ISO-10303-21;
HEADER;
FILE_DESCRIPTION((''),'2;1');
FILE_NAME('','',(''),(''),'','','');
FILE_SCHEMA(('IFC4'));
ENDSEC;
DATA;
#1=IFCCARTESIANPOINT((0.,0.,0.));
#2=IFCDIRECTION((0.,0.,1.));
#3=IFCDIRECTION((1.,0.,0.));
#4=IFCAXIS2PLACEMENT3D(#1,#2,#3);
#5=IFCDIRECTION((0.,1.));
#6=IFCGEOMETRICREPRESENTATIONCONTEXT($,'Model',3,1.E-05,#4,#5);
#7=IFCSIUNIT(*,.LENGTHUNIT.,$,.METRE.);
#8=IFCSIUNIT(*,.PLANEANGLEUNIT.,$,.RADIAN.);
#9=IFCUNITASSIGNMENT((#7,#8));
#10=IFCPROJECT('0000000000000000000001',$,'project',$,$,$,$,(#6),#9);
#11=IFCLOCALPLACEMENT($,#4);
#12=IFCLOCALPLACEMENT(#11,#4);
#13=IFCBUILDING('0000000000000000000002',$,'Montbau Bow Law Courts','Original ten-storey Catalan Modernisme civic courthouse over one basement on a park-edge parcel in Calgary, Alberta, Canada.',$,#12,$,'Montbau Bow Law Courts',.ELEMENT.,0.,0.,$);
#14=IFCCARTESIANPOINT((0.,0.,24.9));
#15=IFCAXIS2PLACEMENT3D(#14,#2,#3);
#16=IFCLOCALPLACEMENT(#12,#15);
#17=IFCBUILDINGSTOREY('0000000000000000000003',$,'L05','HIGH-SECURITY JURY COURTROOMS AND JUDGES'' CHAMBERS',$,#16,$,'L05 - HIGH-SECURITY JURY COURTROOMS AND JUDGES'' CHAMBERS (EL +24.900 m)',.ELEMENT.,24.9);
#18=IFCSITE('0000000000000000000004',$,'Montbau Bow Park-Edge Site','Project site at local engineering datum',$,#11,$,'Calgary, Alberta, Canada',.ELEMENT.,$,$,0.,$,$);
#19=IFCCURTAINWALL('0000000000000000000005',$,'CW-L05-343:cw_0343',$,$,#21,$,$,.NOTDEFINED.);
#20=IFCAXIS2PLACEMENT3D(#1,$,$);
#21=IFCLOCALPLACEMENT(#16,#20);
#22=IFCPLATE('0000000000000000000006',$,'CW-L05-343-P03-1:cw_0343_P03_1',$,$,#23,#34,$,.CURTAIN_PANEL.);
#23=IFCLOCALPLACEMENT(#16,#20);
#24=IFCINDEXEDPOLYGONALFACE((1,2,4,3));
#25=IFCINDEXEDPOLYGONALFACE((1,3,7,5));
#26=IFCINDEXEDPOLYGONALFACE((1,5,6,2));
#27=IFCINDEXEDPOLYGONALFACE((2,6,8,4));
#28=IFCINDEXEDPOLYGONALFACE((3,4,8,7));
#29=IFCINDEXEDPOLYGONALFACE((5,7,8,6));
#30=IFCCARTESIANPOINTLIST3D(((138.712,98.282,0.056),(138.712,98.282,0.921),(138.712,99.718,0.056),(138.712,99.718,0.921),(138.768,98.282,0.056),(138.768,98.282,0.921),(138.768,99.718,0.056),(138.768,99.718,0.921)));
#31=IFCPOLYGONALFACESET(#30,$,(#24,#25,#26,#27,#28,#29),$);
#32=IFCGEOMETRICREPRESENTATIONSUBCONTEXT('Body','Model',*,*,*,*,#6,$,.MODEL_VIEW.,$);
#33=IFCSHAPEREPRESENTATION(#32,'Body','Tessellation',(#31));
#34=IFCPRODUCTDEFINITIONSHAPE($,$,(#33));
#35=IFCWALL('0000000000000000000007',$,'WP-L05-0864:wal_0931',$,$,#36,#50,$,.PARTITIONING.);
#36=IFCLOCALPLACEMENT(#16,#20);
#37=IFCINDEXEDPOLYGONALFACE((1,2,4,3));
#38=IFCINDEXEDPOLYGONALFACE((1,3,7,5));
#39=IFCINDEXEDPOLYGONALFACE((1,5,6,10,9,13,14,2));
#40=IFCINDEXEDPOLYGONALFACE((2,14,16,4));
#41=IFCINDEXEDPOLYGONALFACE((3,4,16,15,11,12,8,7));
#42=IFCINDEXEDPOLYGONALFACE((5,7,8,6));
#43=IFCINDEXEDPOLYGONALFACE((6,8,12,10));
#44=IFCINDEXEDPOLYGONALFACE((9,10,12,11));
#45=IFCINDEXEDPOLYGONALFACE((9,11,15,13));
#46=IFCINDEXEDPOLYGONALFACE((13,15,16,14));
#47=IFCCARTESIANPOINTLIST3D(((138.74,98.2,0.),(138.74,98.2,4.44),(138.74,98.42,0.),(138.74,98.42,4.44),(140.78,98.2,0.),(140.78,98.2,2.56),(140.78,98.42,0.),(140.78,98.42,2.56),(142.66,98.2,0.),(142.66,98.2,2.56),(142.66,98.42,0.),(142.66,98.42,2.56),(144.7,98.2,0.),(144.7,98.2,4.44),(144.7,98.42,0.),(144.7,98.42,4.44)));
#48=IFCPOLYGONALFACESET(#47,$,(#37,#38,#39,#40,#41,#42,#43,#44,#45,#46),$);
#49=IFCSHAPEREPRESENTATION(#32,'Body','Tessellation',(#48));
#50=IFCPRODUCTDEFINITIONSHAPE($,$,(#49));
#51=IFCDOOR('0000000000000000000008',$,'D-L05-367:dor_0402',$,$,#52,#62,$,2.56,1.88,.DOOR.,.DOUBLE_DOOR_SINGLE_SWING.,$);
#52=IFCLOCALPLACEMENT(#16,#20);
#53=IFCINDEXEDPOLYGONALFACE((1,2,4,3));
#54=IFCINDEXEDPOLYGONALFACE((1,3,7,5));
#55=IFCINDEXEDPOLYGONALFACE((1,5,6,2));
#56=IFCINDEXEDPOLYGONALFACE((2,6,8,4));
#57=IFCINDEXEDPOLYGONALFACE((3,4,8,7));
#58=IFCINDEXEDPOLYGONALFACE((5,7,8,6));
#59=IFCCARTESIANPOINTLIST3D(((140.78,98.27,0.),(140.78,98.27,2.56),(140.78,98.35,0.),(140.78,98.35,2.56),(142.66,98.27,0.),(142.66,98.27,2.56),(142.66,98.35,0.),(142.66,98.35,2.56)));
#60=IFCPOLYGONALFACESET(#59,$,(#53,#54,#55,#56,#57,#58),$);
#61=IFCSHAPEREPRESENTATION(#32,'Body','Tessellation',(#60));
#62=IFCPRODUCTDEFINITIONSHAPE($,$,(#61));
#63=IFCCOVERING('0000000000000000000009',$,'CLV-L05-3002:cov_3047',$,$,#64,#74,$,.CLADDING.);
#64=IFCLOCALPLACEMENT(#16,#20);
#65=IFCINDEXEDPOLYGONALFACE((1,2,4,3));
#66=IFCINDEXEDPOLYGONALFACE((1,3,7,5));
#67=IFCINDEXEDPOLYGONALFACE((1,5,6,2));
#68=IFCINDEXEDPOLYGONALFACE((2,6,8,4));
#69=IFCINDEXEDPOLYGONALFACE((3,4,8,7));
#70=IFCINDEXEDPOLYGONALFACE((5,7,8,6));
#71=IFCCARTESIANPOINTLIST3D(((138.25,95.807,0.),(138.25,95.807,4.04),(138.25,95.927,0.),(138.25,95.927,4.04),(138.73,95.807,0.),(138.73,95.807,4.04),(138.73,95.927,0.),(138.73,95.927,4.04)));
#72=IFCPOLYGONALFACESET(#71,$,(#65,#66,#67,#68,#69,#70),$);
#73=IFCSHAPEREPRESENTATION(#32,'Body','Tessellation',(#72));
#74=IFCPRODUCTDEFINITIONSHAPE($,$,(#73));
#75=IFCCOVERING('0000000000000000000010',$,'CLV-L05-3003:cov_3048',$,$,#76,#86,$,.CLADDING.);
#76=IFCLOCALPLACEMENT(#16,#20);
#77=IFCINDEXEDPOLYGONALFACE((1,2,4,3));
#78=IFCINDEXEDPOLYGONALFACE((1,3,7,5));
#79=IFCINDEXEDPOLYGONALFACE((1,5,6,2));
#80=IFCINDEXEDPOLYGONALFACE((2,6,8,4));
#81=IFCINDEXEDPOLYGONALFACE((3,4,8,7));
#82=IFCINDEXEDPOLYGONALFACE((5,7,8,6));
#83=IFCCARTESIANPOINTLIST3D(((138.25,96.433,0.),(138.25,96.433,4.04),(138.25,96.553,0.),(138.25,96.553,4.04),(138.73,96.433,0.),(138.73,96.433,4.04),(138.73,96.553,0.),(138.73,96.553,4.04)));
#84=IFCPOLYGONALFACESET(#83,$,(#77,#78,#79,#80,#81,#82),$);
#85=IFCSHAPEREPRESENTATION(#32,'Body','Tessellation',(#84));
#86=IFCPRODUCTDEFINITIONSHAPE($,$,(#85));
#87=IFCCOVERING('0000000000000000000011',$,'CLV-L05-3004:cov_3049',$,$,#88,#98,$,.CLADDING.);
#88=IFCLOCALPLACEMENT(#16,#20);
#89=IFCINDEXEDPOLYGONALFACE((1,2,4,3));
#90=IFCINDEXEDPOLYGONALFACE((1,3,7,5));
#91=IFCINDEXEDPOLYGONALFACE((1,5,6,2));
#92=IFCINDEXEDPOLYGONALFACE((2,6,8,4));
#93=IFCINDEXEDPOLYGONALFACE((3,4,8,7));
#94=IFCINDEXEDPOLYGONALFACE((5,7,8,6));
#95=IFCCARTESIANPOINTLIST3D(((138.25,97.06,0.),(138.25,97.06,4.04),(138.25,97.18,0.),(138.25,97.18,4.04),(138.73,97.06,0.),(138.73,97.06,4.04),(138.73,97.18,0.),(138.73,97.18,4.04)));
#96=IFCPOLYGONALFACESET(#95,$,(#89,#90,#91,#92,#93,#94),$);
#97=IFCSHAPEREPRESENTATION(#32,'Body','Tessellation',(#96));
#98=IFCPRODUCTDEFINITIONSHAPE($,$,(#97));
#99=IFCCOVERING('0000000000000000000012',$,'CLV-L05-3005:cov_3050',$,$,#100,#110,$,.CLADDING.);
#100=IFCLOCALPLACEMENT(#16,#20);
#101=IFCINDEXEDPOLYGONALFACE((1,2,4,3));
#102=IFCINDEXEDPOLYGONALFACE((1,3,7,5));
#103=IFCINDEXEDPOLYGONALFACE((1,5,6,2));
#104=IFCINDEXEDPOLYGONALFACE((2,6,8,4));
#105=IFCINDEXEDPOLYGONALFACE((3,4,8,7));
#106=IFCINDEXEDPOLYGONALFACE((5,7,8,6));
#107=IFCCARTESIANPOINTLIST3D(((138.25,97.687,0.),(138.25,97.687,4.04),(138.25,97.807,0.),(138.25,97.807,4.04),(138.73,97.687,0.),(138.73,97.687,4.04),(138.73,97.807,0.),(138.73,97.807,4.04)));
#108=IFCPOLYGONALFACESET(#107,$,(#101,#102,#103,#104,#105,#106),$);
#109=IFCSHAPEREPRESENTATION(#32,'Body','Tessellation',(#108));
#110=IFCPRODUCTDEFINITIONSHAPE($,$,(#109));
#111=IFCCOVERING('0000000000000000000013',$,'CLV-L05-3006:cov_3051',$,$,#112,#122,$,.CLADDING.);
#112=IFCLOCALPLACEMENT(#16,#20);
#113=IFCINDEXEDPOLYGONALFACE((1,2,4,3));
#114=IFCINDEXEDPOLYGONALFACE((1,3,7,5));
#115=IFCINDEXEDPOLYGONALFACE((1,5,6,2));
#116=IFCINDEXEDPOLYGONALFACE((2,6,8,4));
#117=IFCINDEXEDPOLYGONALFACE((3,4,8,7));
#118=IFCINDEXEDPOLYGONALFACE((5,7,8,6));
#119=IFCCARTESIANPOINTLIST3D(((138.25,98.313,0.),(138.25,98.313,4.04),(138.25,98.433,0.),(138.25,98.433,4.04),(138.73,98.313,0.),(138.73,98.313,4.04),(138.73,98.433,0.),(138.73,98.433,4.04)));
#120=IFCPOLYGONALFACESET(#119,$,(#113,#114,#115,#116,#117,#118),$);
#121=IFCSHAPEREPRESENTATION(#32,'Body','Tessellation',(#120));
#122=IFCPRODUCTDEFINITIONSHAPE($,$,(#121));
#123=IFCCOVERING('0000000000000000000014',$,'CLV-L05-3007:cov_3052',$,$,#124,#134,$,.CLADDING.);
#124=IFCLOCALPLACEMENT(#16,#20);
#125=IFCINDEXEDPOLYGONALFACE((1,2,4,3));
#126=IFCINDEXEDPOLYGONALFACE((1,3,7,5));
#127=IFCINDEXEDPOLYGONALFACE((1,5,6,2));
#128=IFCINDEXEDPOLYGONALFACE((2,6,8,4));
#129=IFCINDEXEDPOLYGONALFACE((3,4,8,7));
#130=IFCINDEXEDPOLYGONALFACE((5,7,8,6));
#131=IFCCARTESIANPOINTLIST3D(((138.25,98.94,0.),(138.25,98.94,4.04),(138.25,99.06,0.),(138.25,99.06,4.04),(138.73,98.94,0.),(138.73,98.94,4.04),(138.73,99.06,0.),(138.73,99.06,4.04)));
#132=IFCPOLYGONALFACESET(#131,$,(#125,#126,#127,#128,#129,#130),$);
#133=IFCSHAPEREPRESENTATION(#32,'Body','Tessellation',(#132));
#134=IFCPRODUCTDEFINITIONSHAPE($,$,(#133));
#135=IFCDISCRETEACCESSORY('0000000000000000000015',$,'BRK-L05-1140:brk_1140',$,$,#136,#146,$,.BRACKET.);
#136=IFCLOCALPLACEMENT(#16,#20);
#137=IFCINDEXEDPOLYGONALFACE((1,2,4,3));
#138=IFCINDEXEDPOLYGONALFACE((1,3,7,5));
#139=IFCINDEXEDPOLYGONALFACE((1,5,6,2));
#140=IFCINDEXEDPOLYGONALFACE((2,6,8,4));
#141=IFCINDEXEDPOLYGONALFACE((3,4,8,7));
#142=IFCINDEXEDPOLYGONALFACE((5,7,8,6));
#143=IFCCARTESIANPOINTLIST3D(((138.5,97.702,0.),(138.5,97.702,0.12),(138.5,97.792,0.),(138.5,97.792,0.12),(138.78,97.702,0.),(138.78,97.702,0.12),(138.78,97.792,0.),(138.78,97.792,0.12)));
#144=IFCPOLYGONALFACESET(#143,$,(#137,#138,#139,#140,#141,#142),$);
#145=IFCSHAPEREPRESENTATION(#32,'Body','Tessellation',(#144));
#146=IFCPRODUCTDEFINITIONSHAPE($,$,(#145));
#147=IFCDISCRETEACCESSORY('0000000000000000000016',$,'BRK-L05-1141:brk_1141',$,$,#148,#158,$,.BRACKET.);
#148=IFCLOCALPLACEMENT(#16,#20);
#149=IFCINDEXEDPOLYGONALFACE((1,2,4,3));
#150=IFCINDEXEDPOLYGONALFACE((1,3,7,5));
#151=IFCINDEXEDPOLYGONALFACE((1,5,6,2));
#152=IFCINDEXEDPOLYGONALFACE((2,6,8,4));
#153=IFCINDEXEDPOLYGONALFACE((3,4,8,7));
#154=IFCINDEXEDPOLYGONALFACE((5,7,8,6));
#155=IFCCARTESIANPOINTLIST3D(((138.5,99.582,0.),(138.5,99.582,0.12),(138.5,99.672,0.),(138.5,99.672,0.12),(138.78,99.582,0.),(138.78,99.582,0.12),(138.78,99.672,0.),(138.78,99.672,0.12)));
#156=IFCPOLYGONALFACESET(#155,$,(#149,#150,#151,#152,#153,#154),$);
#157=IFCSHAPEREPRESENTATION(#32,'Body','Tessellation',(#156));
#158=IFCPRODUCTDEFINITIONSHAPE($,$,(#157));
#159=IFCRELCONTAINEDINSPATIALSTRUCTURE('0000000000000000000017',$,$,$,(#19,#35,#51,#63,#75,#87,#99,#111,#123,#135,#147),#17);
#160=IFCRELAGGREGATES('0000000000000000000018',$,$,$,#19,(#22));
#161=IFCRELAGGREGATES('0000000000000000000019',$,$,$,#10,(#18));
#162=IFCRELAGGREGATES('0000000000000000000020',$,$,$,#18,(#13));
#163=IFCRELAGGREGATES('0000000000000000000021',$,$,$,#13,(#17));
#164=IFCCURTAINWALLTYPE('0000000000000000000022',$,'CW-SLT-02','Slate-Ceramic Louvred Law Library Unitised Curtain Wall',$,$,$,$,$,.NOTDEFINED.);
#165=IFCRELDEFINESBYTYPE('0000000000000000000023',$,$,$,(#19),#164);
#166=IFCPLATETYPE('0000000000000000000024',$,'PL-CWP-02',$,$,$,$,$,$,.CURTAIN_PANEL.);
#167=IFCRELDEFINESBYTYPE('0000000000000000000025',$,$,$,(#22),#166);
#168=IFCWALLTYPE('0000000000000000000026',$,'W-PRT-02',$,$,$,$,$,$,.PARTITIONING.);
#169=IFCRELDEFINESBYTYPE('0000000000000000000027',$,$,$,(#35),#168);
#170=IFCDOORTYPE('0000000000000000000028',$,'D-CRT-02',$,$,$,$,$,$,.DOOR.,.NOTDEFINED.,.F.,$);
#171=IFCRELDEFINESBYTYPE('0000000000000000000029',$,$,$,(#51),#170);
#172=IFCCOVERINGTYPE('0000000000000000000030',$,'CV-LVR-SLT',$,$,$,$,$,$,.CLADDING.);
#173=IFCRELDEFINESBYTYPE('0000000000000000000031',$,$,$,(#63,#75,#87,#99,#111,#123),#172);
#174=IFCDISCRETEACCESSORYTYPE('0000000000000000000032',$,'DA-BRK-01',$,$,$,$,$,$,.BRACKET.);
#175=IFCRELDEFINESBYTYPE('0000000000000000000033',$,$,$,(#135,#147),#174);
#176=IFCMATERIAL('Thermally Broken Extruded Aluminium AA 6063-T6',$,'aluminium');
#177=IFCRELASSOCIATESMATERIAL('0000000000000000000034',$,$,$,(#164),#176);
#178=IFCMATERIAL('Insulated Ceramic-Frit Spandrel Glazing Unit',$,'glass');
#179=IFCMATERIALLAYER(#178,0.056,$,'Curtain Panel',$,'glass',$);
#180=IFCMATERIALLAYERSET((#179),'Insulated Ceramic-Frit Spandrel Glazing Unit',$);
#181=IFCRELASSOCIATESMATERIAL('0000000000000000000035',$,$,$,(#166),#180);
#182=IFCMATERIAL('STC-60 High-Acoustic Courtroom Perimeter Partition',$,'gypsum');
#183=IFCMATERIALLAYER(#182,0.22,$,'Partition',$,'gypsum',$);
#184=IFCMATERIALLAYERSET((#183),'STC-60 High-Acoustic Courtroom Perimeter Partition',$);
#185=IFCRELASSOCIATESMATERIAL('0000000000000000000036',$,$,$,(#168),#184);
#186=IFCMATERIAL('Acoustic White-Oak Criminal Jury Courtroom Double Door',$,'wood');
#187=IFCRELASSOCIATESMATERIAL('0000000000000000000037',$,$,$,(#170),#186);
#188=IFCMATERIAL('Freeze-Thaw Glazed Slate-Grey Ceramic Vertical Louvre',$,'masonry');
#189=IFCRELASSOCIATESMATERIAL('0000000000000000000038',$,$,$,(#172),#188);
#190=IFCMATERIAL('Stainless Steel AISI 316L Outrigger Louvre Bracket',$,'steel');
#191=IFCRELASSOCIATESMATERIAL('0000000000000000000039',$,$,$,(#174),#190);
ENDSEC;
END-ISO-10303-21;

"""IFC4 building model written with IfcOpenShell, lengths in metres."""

from ifc_helpers import new_model, si_unit, direction, frame, frame_2d, origin_with_axes, origin_2d_with_axis, place, context, subcontext, project, spatial, rectangle, extrude, material, layer, layer_set, type_object, element, fill, aggregate, save


model = new_model("IFC4")

# Units and contexts
model_context = context("Model", 3, precision=1e-05, world=origin_with_axes(), true_north=direction((0.0, 1.0)))
body_context = subcontext(model_context, "Body", "Model", "MODEL_VIEW")
ifc_project = project(units=[si_unit("LENGTHUNIT", "METRE"), si_unit("PLANEANGLEUNIT", "RADIAN")], contexts=[model_context])

# Site, building, storey
site_placement = place(None, origin_with_axes())
site = spatial("IfcSite", under=ifc_project, at=site_placement, Name="Montbau Bow Park-Edge Site", Description="Project site at local engineering datum", LongName="Calgary, Alberta, Canada", CompositionType="ELEMENT", RefElevation=0.0)
building_placement = place(site_placement, origin_with_axes())
building = spatial("IfcBuilding", under=site, at=building_placement, Name="Montbau Bow Law Courts", Description="Original ten-storey Catalan Modernisme civic courthouse over one basement on a park-edge parcel in Calgary, Alberta, Canada.", LongName="Montbau Bow Law Courts", CompositionType="ELEMENT", ElevationOfRefHeight=0.0, ElevationOfTerrain=0.0)
storey_placement = place(building_placement, frame((0.0, 0.0, 24.9), z_axis=(0.0, 0.0, 1.0), x_axis=(1.0, 0.0, 0.0)))
storey = spatial("IfcBuildingStorey", under=building, at=storey_placement, Name="L05", Description="HIGH-SECURITY JURY COURTROOMS AND JUDGES' CHAMBERS", LongName="L05 - HIGH-SECURITY JURY COURTROOMS AND JUDGES' CHAMBERS (EL +24.900 m)", CompositionType="ELEMENT", Elevation=24.9)

# Curtain wall, plate
ifc_material_1 = material(Name="Thermally Broken Extruded Aluminium AA 6063-T6", Category="aluminium")
curtain_wall_type = type_object("IfcCurtainWallType", Name="CW-SLT-02", Description="Slate-Ceramic Louvred Law Library Unitised Curtain Wall", PredefinedType="NOTDEFINED", material=ifc_material_1)
curtain_wall_placement = place(None, frame((138.74, 95.24, 24.9), z_axis=(0.0, 0.0, 1.0), x_axis=(1.0, 0.0, 0.0)))
curtain_wall = element("IfcCurtainWall", 1, at=curtain_wall_placement, inside=storey, type_object=curtain_wall_type, Name="CW-L05-343:cw_0343", PredefinedType="NOTDEFINED")
ifc_material_2 = material(Name="Insulated Ceramic-Frit Spandrel Glazing Unit", Category="glass")
ifc_layer_1 = layer(ifc_material_2, 0.056, Name="Curtain Panel", Category="glass")
ifc_layer_set_1 = layer_set([ifc_layer_1], Name="Insulated Ceramic-Frit Spandrel Glazing Unit")
plate_type_1 = type_object("IfcPlateType", Name="PL-CWP-02", PredefinedType="CURTAIN_PANEL", material=ifc_layer_set_1)
plate_1_placement = place(None, frame((138.74, 98.282, 24.956), z_axis=(1.0, 0.0, 0.0), x_axis=(0.0, 1.0, 0.0)))
plate_1 = element("IfcPlate", 2, at=plate_1_placement, type_object=plate_type_1, Name="CW-L05-343-P03-1:cw_0343_P03_1", PredefinedType="CURTAIN_PANEL", context=body_context, shape_type="SweptSolid", body=[
    extrude(rectangle(XDim=1.436, YDim=0.865, at=frame_2d((0.718, 0.4325), x_axis=(1.0, 0.0))), frame((0.0, 0.0, -0.028), z_axis=(0.0, 0.0, 1.0), x_axis=(1.0, 0.0, 0.0)), (0.0, 0.0, 1.0), 0.056),
])
aggregate(curtain_wall, [plate_1])

# Wall, opening, door
ifc_material_3 = material(Name="STC-60 High-Acoustic Courtroom Perimeter Partition", Category="gypsum")
ifc_layer_2 = layer(ifc_material_3, 0.22, Name="Partition", Category="gypsum")
ifc_layer_set_2 = layer_set([ifc_layer_2], Name="STC-60 High-Acoustic Courtroom Perimeter Partition")
wall_type = type_object("IfcWallType", Name="W-PRT-02", PredefinedType="PARTITIONING", material=ifc_layer_set_2)
wall_placement = place(None, frame((138.74, 98.31, 24.9), z_axis=(0.0, 0.0, 1.0), x_axis=(1.0, 0.0, 0.0)))
wall = element("IfcWall", 3, at=wall_placement, inside=storey, type_object=wall_type, Name="WP-L05-0864:wal_0931", PredefinedType="PARTITIONING", context=body_context, shape_type="SweptSolid", body=[
    extrude(rectangle(XDim=5.96, YDim=0.22, at=frame_2d((2.98, 0.0), x_axis=(1.0, 0.0))), origin_with_axes(), (0.0, 0.0, 1.0), 4.44),
])
opening_placement = place(None, frame((141.72, 98.31, 24.9), z_axis=(0.0, 0.0, 1.0), x_axis=(1.0, 0.0, 0.0)))
opening = element("IfcOpeningElement", 4, at=opening_placement, cuts=wall, PredefinedType="OPENING", context=body_context, shape_type="SweptSolid", body=[
    extrude(rectangle(XDim=1.88, YDim=2.56, at=frame_2d((0.0, 1.28), x_axis=(1.0, 0.0))), frame((0.0, 0.12, 0.0), z_axis=(0.0, -1.0, 0.0), x_axis=(1.0, 0.0, 0.0)), (0.0, 0.0, 1.0), 0.24),
])
ifc_material_4 = material(Name="Acoustic White-Oak Criminal Jury Courtroom Double Door", Category="wood")
door_type = type_object("IfcDoorType", Name="D-CRT-02", OperationType="NOTDEFINED", ParameterTakesPrecedence=False, PredefinedType="DOOR", material=ifc_material_4)
door_placement = place(None, frame((141.72, 98.31, 24.9), z_axis=(0.0, 0.0, 1.0), x_axis=(1.0, 0.0, 0.0)))
door = element("IfcDoor", 5, at=door_placement, inside=storey, type_object=door_type, Name="D-L05-367:dor_0402", OperationType="DOUBLE_DOOR_SINGLE_SWING", OverallHeight=2.56, OverallWidth=1.88, PredefinedType="DOOR", context=body_context, shape_type="SweptSolid", body=[
    extrude(rectangle(XDim=1.88, YDim=2.56, at=frame_2d((0.0, 1.28), x_axis=(1.0, 0.0))), frame((0.0, 0.04, 0.0), z_axis=(0.0, -1.0, 0.0), x_axis=(1.0, 0.0, 0.0)), (0.0, 0.0, 1.0), 0.08),
])
fill(opening, door)

# Coverings
ifc_material_5 = material(Name="Freeze-Thaw Glazed Slate-Grey Ceramic Vertical Louvre", Category="masonry")
covering_type = type_object("IfcCoveringType", Name="CV-LVR-SLT", PredefinedType="CLADDING", material=ifc_material_5)
for number, where, z_axis, x_axis, name in (
    (6, (138.73, 95.867, 24.9), (0.0, 1.0, 0.0), (-1.0, 0.0, 0.0), "CLV-L05-3002:cov_3047"),
    (7, (138.73, 96.493, 24.9), (0.0, 1.0, 0.0), (-1.0, 0.0, 0.0), "CLV-L05-3003:cov_3048"),
    (8, (138.73, 97.12, 24.9), (0.0, 1.0, 0.0), (-1.0, 0.0, 0.0), "CLV-L05-3004:cov_3049"),
    (9, (138.73, 97.747, 24.9), (0.0, 1.0, 0.0), (-1.0, 0.0, 0.0), "CLV-L05-3005:cov_3050"),
    (10, (138.73, 98.373, 24.9), (0.0, 1.0, 0.0), (-1.0, 0.0, 0.0), "CLV-L05-3006:cov_3051"),
    (11, (138.73, 99.0, 24.9), (0.0, 1.0, 0.0), (-1.0, 0.0, 0.0), "CLV-L05-3007:cov_3052"),
):
    element("IfcCovering", number, at=place(None, frame(where, z_axis=z_axis, x_axis=x_axis)), inside=storey, type_object=covering_type, Name=name, PredefinedType="CLADDING", context=body_context, shape_type="SweptSolid", body=[
        extrude(rectangle(XDim=0.48, YDim=4.04, at=frame_2d((0.24, 2.02), x_axis=(1.0, 0.0))), frame((0.0, 0.0, -0.06), z_axis=(0.0, 0.0, 1.0), x_axis=(1.0, 0.0, 0.0)), (0.0, 0.0, 1.0), 0.12),
    ])

# Discrete accessories
ifc_material_6 = material(Name="Stainless Steel AISI 316L Outrigger Louvre Bracket", Category="steel")
discrete_accessory_type = type_object("IfcDiscreteAccessoryType", Name="DA-BRK-01", PredefinedType="BRACKET", material=ifc_material_6)
for number, where, z_axis, x_axis, name in (
    (12, (138.64, 97.747, 24.9), (0.0, 0.0, 1.0), (-1.0, 0.0, 0.0), "BRK-L05-1140:brk_1140"),
    (13, (138.64, 99.627, 24.9), (0.0, 0.0, 1.0), (-1.0, 0.0, 0.0), "BRK-L05-1141:brk_1141"),
):
    element("IfcDiscreteAccessory", number, at=place(None, frame(where, z_axis=z_axis, x_axis=x_axis)), inside=storey, type_object=discrete_accessory_type, Name=name, PredefinedType="BRACKET", context=body_context, shape_type="SweptSolid", body=[
        extrude(rectangle(XDim=0.28, YDim=0.09, at=origin_2d_with_axis()), origin_with_axes(), (0.0, 0.0, 1.0), 0.12),
    ])

save(model, "model.ifc")
